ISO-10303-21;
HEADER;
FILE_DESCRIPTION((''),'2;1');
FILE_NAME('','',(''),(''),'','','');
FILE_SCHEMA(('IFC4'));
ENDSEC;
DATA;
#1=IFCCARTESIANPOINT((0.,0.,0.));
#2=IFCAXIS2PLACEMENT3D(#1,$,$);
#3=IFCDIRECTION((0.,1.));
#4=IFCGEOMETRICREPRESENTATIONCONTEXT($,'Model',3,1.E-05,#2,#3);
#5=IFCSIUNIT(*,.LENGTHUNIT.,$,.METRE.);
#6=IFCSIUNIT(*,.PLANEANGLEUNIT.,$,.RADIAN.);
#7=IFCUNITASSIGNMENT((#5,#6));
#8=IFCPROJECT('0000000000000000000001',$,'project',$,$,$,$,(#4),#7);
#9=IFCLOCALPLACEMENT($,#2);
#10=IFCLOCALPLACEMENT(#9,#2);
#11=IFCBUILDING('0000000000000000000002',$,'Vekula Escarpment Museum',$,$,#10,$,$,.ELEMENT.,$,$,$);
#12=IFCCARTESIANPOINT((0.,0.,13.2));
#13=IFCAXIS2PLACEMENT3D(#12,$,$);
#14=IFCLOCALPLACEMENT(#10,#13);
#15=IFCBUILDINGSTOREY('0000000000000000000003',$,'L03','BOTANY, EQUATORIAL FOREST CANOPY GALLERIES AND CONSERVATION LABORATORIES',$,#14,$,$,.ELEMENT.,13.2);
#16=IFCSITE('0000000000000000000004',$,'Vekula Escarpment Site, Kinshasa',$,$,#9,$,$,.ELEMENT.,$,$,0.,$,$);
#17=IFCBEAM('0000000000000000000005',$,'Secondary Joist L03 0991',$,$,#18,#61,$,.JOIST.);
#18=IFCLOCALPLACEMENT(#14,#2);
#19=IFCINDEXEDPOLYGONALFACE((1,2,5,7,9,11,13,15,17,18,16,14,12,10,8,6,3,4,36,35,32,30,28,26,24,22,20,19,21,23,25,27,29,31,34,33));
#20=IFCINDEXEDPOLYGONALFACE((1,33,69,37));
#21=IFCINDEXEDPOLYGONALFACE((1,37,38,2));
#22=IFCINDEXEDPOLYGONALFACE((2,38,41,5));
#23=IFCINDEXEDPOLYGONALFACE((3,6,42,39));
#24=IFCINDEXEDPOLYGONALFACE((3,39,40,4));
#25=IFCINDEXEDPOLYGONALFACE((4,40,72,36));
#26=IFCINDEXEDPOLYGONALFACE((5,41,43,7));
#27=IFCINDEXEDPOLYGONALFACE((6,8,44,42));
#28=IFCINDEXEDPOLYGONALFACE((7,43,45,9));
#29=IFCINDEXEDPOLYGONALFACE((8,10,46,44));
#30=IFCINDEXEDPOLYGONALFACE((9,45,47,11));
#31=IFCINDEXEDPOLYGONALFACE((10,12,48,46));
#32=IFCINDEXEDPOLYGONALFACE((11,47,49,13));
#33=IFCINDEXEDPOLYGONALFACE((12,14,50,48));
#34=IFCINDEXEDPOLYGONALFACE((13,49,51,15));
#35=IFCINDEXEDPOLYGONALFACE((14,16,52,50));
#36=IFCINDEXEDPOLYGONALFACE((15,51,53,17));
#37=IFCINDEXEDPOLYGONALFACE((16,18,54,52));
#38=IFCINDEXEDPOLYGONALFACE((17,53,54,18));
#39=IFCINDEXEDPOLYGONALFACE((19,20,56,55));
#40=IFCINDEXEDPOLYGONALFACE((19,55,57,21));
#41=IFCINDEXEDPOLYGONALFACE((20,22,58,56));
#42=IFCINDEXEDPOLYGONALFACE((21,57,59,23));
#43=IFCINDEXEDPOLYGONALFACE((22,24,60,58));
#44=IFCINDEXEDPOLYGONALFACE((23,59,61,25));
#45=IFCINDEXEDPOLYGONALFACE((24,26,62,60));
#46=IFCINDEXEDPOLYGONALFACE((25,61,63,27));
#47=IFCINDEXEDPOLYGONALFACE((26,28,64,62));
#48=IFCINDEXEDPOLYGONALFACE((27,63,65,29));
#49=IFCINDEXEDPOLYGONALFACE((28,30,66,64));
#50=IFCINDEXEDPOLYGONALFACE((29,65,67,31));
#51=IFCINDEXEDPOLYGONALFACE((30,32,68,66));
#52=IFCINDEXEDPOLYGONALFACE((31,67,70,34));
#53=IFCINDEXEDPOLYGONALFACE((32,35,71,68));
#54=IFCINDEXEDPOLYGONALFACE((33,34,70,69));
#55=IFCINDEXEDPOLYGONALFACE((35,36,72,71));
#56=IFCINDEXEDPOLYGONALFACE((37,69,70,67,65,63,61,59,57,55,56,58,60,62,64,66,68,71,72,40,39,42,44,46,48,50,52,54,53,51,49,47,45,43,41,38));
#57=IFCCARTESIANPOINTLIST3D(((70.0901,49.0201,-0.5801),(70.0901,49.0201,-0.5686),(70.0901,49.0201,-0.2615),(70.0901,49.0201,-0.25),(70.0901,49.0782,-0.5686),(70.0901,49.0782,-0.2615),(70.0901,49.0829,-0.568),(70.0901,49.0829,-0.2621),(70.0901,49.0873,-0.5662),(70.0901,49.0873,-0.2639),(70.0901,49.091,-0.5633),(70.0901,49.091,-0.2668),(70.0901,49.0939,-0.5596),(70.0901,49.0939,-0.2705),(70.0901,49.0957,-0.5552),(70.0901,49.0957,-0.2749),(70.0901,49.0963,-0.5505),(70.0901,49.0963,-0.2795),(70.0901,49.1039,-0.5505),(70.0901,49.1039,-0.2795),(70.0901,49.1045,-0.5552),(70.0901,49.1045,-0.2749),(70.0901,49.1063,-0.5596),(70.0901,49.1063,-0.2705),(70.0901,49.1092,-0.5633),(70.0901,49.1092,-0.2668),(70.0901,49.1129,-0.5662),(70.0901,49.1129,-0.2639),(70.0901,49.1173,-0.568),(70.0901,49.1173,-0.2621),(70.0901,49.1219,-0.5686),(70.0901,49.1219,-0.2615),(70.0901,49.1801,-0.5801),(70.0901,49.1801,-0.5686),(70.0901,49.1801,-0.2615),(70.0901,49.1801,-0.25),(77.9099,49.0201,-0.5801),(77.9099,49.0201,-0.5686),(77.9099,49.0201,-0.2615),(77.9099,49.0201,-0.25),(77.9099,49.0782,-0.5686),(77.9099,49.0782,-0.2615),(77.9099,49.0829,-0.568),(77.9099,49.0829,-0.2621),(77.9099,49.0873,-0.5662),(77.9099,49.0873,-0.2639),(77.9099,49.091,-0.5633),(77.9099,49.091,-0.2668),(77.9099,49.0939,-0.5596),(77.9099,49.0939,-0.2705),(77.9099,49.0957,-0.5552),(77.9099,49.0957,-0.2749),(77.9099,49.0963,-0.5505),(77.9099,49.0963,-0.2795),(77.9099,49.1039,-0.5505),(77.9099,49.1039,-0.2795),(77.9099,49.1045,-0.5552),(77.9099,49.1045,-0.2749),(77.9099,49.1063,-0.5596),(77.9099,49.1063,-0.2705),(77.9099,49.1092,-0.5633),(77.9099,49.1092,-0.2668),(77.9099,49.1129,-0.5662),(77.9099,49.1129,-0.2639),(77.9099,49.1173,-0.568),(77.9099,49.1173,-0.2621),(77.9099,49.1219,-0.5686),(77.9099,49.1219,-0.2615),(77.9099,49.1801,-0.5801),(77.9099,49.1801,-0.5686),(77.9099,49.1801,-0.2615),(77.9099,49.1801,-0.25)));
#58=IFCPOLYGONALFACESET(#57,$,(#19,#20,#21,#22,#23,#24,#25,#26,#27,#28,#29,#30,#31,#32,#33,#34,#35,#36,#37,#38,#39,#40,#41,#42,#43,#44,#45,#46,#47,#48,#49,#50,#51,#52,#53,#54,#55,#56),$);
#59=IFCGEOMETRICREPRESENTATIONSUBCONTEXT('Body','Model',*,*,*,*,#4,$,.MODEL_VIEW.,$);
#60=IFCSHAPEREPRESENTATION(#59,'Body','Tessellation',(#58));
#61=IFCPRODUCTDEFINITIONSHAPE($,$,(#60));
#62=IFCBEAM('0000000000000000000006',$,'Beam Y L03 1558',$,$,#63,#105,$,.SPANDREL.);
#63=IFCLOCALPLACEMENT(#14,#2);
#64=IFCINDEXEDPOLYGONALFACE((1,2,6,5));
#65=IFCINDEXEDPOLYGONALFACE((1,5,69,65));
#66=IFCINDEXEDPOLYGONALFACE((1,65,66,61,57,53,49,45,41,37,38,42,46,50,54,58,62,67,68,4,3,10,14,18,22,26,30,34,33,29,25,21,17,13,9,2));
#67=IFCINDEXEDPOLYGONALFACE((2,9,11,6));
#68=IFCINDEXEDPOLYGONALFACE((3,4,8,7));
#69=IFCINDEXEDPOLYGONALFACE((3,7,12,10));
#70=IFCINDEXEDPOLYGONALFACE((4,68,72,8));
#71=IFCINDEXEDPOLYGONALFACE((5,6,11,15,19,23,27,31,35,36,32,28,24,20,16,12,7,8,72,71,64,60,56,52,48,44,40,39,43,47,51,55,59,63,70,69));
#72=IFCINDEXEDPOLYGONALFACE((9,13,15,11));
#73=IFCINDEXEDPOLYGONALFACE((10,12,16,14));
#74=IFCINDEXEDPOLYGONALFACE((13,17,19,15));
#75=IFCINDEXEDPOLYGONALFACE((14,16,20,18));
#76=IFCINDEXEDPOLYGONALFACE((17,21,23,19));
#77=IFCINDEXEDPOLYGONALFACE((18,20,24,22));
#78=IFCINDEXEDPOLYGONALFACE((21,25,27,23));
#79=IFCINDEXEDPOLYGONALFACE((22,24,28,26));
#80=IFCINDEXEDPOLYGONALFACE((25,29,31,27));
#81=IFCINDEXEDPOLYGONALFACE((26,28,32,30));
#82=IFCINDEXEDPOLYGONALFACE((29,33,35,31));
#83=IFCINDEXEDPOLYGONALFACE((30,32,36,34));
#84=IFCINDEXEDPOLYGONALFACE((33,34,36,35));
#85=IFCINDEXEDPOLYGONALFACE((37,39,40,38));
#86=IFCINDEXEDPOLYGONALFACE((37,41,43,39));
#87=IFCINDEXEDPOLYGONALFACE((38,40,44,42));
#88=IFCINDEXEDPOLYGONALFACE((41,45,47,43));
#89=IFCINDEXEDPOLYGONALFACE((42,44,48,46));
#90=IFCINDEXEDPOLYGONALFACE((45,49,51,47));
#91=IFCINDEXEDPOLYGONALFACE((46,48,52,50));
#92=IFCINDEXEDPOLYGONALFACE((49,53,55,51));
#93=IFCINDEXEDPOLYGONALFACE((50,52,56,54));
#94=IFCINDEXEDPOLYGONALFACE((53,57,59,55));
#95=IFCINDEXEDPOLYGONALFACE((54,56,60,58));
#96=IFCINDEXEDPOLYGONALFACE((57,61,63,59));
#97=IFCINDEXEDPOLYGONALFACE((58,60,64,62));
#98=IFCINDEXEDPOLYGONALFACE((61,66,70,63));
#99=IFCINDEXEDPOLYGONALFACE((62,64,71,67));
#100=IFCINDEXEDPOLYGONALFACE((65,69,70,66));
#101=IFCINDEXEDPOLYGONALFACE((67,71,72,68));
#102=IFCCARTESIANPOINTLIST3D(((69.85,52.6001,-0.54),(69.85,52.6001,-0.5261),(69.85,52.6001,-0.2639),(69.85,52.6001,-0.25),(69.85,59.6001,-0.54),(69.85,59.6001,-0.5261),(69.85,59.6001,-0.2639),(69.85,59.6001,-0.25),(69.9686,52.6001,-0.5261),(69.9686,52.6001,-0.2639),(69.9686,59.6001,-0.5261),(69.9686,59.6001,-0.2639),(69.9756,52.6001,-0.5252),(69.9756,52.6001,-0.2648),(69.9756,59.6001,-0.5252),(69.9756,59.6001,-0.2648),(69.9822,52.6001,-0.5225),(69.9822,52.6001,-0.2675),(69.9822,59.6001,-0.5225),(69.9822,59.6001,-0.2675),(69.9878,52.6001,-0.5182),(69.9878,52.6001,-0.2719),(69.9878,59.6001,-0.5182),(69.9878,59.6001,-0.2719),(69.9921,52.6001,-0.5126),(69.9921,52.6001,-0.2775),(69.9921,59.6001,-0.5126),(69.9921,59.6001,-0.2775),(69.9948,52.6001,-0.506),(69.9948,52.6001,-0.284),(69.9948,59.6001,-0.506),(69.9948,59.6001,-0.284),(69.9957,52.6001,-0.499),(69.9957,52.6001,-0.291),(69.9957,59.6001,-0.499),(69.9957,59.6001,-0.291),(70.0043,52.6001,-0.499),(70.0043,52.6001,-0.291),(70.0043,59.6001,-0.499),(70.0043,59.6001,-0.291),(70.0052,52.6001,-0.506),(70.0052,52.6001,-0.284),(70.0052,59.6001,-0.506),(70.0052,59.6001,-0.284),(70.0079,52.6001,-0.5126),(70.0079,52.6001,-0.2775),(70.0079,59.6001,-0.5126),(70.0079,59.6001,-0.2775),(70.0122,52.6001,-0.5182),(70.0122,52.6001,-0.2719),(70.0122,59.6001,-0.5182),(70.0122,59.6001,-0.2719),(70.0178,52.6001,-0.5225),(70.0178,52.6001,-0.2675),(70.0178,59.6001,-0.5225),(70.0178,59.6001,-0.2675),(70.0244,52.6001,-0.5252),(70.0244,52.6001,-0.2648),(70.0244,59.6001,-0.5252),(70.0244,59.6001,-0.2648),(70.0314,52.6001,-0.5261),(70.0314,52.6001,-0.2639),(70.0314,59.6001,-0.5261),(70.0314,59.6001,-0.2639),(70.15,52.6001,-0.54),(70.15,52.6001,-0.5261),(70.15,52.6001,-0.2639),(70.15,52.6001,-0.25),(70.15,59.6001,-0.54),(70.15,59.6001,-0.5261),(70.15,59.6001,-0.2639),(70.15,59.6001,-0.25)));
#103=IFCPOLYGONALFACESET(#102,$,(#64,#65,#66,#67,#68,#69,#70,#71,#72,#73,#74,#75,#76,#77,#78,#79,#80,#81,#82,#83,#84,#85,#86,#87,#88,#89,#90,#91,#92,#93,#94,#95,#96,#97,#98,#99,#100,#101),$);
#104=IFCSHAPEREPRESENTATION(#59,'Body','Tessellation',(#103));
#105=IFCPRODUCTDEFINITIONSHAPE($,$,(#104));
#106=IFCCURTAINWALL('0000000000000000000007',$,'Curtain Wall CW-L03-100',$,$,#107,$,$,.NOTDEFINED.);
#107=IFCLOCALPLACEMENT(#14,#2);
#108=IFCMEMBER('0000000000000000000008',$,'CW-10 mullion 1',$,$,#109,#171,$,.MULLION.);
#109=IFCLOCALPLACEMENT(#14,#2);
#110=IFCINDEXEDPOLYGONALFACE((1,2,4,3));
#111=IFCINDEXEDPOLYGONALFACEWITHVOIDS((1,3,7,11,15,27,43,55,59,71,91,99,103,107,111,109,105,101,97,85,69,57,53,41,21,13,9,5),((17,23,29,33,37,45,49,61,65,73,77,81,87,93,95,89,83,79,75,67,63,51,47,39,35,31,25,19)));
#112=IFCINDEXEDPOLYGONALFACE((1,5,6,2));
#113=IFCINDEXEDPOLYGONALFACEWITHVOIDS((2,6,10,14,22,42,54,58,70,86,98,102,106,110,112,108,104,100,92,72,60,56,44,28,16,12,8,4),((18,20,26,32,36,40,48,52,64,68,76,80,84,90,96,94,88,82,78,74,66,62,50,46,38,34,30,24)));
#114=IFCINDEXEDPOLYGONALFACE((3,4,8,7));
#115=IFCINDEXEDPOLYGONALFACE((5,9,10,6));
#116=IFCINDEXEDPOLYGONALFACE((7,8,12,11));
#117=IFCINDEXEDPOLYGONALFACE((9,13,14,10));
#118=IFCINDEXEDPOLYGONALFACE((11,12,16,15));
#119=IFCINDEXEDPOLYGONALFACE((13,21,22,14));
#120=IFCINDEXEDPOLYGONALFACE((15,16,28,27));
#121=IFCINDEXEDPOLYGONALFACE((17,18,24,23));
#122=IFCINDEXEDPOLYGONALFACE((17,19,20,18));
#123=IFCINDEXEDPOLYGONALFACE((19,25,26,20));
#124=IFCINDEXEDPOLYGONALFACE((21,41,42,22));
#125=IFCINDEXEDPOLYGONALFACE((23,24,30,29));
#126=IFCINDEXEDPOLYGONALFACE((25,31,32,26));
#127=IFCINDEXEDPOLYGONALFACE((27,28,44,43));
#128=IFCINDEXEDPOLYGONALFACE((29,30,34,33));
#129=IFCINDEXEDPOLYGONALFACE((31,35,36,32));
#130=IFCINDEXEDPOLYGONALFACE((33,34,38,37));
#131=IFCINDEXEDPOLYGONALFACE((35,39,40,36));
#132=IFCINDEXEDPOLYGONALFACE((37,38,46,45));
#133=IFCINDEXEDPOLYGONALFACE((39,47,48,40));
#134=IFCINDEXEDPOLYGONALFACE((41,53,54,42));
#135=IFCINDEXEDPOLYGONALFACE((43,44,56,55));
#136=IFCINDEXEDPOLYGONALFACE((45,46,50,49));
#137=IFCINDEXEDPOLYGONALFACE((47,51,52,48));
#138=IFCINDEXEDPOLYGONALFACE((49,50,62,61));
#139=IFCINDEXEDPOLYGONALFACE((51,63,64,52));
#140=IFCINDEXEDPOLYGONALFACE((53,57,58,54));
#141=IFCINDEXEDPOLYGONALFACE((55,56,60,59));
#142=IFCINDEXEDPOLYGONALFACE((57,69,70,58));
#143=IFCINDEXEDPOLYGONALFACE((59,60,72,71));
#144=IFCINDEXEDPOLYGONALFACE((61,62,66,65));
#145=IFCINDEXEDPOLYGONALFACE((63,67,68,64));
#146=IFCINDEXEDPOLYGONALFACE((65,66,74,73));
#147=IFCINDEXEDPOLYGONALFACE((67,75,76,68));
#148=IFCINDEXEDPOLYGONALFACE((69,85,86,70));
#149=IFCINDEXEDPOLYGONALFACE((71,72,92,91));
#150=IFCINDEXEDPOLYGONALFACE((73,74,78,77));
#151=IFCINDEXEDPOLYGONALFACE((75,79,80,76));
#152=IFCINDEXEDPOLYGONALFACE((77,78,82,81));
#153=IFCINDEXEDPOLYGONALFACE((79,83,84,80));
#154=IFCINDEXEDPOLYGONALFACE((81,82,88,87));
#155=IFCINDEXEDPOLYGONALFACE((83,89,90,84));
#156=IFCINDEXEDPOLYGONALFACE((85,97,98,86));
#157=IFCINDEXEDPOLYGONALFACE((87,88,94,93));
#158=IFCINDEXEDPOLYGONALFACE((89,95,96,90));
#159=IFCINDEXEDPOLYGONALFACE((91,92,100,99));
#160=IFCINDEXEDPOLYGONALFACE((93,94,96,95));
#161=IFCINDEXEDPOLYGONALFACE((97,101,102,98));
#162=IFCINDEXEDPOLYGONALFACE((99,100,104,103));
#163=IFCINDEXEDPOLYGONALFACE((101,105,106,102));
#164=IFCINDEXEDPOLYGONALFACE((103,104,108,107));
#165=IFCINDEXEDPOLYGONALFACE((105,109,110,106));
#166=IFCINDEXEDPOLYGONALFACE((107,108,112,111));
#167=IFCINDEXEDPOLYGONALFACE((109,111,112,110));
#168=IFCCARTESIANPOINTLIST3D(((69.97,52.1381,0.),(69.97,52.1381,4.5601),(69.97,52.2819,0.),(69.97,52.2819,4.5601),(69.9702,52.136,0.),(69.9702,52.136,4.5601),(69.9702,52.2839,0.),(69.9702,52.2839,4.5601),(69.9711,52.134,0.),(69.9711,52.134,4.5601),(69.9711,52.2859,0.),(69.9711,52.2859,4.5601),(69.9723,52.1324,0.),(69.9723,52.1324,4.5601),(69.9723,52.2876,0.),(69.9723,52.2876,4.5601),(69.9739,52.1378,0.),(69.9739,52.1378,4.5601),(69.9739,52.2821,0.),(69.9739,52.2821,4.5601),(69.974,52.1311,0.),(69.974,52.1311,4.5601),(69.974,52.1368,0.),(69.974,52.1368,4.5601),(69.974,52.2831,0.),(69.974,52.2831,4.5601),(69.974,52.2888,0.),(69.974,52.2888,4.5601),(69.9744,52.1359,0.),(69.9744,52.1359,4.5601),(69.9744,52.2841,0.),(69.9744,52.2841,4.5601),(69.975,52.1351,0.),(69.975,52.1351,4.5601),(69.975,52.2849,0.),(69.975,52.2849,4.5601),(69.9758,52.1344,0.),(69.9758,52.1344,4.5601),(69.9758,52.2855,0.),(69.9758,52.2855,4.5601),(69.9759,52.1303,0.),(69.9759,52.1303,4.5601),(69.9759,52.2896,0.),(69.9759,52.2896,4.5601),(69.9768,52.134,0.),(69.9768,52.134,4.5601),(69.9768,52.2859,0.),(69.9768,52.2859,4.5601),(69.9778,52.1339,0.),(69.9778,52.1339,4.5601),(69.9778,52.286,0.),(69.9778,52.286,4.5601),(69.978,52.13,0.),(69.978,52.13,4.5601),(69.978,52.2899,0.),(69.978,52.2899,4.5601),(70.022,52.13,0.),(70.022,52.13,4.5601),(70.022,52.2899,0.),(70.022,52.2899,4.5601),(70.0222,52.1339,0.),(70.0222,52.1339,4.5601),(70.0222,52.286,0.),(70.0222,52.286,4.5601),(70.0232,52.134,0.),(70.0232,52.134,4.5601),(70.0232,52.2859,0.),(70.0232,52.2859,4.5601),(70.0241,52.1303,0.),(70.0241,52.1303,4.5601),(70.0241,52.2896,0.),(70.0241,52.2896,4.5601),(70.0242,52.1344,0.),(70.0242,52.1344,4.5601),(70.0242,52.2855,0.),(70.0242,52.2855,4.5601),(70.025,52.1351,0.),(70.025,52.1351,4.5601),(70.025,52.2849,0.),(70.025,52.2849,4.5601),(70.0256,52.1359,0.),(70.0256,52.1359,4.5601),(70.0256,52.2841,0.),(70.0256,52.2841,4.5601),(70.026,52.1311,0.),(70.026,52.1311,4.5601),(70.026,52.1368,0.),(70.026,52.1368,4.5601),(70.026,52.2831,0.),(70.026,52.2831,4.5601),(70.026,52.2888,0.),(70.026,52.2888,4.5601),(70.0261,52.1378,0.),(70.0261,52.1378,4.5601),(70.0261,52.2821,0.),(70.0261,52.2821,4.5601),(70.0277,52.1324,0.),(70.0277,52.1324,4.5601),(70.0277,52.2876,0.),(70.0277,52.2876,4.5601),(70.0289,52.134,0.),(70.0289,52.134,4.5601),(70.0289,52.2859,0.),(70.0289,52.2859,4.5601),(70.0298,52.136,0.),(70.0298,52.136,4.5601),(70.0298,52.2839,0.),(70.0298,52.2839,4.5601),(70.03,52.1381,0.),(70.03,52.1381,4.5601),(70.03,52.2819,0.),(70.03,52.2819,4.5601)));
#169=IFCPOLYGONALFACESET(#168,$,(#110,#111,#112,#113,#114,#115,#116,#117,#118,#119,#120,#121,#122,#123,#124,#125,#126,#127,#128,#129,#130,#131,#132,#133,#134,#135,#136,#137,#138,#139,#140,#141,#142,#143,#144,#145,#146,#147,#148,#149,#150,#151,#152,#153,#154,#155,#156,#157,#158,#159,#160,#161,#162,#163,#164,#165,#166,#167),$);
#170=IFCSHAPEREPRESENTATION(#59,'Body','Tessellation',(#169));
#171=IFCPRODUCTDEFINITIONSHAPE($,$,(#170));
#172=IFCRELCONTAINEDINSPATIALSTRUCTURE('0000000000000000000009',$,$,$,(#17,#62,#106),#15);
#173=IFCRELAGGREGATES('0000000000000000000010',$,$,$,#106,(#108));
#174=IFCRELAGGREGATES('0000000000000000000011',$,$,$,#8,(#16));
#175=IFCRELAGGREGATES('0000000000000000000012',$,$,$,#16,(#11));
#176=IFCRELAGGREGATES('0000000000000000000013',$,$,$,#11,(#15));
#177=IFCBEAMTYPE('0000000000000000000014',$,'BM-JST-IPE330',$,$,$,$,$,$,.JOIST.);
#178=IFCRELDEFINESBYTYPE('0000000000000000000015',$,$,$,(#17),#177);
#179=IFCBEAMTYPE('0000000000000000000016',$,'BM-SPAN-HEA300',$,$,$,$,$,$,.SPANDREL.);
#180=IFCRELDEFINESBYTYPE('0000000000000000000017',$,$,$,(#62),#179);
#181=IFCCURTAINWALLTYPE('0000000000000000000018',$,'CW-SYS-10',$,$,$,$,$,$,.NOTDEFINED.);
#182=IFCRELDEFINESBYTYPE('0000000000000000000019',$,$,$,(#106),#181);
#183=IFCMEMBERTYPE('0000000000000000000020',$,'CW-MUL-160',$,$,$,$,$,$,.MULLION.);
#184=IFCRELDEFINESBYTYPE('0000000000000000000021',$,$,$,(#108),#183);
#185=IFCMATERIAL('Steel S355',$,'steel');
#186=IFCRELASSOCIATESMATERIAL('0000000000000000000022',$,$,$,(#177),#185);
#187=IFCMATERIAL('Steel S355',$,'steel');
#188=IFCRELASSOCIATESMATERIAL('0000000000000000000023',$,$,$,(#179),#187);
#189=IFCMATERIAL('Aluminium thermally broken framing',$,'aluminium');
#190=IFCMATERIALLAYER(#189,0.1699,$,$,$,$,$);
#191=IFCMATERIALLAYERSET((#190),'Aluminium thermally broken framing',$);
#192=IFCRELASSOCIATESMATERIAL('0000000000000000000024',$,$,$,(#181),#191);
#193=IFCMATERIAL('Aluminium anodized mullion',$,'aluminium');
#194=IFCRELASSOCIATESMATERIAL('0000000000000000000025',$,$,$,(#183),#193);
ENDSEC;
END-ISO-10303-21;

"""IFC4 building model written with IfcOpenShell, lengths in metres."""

from ifc_helpers import new_model, si_unit, direction, frame, origin, origin_2d, place, context, subcontext, project, spatial, hollow_rectangle, i_section, extrude, material, layer, layer_set, material_profile, profile_set, type_object, element, aggregate, save


model = new_model("IFC4")

# Units and contexts
model_context = context("Model", 3, precision=1e-05, world=origin(), true_north=direction((0.0, 1.0)))
body_context = subcontext(model_context, "Body", "Model", "MODEL_VIEW")
ifc_project = project(units=[si_unit("LENGTHUNIT", "METRE"), si_unit("PLANEANGLEUNIT", "RADIAN")], contexts=[model_context])

# Site, building, storey
site_placement = place(None, origin())
site = spatial("IfcSite", under=ifc_project, at=site_placement, Name="Vekula Escarpment Site, Kinshasa", CompositionType="ELEMENT", RefElevation=0.0)
building_placement = place(site_placement, origin())
building = spatial("IfcBuilding", under=site, at=building_placement, Name="Vekula Escarpment Museum", CompositionType="ELEMENT")
storey_placement = place(building_placement, frame((0.0, 0.0, 13.2)))
storey = spatial("IfcBuildingStorey", under=building, at=storey_placement, Name="L03", Description="BOTANY, EQUATORIAL FOREST CANOPY GALLERIES AND CONSERVATION LABORATORIES", CompositionType="ELEMENT", Elevation=13.2)

# Beams
ifc_material_1 = material(Name="Steel S355", Category="steel")
ifc_material_profile_1 = material_profile(ifc_material_1, i_section(OverallWidth=0.1599, OverallDepth=0.3301, WebThickness=0.0076, FlangeThickness=0.0115, FilletRadius=0.0181, at=origin_2d()), Name="IPE 330")
ifc_profile_set_1 = profile_set([ifc_material_profile_1], Name="Steel S355")
beam_type_1 = type_object("IfcBeamType", Name="BM-JST-IPE330", PredefinedType="JOIST", material=ifc_profile_set_1)
beam_1_placement = place(storey_placement, frame((70.0901, 49.1001, -0.415), z_axis=(1.0, 0.0, 0.0), x_axis=(0.0, 1.0, 0.0)))
element("IfcBeam", 1, at=beam_1_placement, inside=storey, type_object=beam_type_1, Name="Secondary Joist L03 0991", PredefinedType="JOIST", context=body_context, shape_type="SweptSolid", body=[
    extrude(i_section(OverallWidth=0.1599, OverallDepth=0.3301, WebThickness=0.0076, FlangeThickness=0.0115, FilletRadius=0.0181, at=origin_2d()), origin(), (0.0, 0.0, 1.0), 7.8198),
])
ifc_material_2 = material(Name="Steel S355", Category="steel")
ifc_material_profile_2 = material_profile(ifc_material_2, i_section(OverallWidth=0.3, OverallDepth=0.29, WebThickness=0.0085, FlangeThickness=0.0139, FilletRadius=0.0271, at=origin_2d()), Name="HEA 300")
ifc_profile_set_2 = profile_set([ifc_material_profile_2], Name="Steel S355")
beam_type_2 = type_object("IfcBeamType", Name="BM-SPAN-HEA300", PredefinedType="SPANDREL", material=ifc_profile_set_2)
beam_2_placement = place(storey_placement, frame((70.0, 52.6001, -0.395), z_axis=(0.0, 1.0, 0.0), x_axis=(-1.0, 0.0, 0.0)))
element("IfcBeam", 2, at=beam_2_placement, inside=storey, type_object=beam_type_2, Name="Beam Y L03 1558", PredefinedType="SPANDREL", context=body_context, shape_type="SweptSolid", body=[
    extrude(i_section(OverallWidth=0.3, OverallDepth=0.29, WebThickness=0.0085, FlangeThickness=0.0139, FilletRadius=0.0271, at=origin_2d()), origin(), (0.0, 0.0, 1.0), 7.0),
])

# Curtain wall, member
ifc_material_3 = material(Name="Aluminium thermally broken framing", Category="aluminium")
ifc_layer_1 = layer(ifc_material_3, 0.1699)
ifc_layer_set_1 = layer_set([ifc_layer_1], Name="Aluminium thermally broken framing")
curtain_wall_type = type_object("IfcCurtainWallType", Name="CW-SYS-10", PredefinedType="NOTDEFINED", material=ifc_layer_set_1)
curtain_wall_placement = place(storey_placement, origin())
curtain_wall = element("IfcCurtainWall", 3, at=curtain_wall_placement, inside=storey, type_object=curtain_wall_type, Name="Curtain Wall CW-L03-100", PredefinedType="NOTDEFINED")
ifc_material_4 = material(Name="Aluminium anodized mullion", Category="aluminium")
ifc_material_profile_3 = material_profile(ifc_material_4, hollow_rectangle(XDim=0.0601, YDim=0.1599, WallThickness=0.0039, InnerFilletRadius=0.0039, OuterFilletRadius=0.0081, at=origin_2d()), Name="ALU 160x60x4")
ifc_profile_set_3 = profile_set([ifc_material_profile_3], Name="Aluminium anodized mullion")
member_type_1 = type_object("IfcMemberType", Name="CW-MUL-160", PredefinedType="MULLION", material=ifc_profile_set_3)
member_1_placement = place(storey_placement, frame((70.0, 52.21, 0.0), z_axis=(0.0, 0.0, 1.0), x_axis=(1.0, 0.0, 0.0)))
member_1 = element("IfcMember", 4, at=member_1_placement, type_object=member_type_1, Name="CW-10 mullion 1", PredefinedType="MULLION", context=body_context, shape_type="SweptSolid", body=[
    extrude(hollow_rectangle(XDim=0.0601, YDim=0.1599, WallThickness=0.0039, InnerFilletRadius=0.0039, OuterFilletRadius=0.0081, at=origin_2d()), origin(), (0.0, 0.0, 1.0), 4.5601),
])
aggregate(curtain_wall, [member_1])

save(model, "model.ifc")
